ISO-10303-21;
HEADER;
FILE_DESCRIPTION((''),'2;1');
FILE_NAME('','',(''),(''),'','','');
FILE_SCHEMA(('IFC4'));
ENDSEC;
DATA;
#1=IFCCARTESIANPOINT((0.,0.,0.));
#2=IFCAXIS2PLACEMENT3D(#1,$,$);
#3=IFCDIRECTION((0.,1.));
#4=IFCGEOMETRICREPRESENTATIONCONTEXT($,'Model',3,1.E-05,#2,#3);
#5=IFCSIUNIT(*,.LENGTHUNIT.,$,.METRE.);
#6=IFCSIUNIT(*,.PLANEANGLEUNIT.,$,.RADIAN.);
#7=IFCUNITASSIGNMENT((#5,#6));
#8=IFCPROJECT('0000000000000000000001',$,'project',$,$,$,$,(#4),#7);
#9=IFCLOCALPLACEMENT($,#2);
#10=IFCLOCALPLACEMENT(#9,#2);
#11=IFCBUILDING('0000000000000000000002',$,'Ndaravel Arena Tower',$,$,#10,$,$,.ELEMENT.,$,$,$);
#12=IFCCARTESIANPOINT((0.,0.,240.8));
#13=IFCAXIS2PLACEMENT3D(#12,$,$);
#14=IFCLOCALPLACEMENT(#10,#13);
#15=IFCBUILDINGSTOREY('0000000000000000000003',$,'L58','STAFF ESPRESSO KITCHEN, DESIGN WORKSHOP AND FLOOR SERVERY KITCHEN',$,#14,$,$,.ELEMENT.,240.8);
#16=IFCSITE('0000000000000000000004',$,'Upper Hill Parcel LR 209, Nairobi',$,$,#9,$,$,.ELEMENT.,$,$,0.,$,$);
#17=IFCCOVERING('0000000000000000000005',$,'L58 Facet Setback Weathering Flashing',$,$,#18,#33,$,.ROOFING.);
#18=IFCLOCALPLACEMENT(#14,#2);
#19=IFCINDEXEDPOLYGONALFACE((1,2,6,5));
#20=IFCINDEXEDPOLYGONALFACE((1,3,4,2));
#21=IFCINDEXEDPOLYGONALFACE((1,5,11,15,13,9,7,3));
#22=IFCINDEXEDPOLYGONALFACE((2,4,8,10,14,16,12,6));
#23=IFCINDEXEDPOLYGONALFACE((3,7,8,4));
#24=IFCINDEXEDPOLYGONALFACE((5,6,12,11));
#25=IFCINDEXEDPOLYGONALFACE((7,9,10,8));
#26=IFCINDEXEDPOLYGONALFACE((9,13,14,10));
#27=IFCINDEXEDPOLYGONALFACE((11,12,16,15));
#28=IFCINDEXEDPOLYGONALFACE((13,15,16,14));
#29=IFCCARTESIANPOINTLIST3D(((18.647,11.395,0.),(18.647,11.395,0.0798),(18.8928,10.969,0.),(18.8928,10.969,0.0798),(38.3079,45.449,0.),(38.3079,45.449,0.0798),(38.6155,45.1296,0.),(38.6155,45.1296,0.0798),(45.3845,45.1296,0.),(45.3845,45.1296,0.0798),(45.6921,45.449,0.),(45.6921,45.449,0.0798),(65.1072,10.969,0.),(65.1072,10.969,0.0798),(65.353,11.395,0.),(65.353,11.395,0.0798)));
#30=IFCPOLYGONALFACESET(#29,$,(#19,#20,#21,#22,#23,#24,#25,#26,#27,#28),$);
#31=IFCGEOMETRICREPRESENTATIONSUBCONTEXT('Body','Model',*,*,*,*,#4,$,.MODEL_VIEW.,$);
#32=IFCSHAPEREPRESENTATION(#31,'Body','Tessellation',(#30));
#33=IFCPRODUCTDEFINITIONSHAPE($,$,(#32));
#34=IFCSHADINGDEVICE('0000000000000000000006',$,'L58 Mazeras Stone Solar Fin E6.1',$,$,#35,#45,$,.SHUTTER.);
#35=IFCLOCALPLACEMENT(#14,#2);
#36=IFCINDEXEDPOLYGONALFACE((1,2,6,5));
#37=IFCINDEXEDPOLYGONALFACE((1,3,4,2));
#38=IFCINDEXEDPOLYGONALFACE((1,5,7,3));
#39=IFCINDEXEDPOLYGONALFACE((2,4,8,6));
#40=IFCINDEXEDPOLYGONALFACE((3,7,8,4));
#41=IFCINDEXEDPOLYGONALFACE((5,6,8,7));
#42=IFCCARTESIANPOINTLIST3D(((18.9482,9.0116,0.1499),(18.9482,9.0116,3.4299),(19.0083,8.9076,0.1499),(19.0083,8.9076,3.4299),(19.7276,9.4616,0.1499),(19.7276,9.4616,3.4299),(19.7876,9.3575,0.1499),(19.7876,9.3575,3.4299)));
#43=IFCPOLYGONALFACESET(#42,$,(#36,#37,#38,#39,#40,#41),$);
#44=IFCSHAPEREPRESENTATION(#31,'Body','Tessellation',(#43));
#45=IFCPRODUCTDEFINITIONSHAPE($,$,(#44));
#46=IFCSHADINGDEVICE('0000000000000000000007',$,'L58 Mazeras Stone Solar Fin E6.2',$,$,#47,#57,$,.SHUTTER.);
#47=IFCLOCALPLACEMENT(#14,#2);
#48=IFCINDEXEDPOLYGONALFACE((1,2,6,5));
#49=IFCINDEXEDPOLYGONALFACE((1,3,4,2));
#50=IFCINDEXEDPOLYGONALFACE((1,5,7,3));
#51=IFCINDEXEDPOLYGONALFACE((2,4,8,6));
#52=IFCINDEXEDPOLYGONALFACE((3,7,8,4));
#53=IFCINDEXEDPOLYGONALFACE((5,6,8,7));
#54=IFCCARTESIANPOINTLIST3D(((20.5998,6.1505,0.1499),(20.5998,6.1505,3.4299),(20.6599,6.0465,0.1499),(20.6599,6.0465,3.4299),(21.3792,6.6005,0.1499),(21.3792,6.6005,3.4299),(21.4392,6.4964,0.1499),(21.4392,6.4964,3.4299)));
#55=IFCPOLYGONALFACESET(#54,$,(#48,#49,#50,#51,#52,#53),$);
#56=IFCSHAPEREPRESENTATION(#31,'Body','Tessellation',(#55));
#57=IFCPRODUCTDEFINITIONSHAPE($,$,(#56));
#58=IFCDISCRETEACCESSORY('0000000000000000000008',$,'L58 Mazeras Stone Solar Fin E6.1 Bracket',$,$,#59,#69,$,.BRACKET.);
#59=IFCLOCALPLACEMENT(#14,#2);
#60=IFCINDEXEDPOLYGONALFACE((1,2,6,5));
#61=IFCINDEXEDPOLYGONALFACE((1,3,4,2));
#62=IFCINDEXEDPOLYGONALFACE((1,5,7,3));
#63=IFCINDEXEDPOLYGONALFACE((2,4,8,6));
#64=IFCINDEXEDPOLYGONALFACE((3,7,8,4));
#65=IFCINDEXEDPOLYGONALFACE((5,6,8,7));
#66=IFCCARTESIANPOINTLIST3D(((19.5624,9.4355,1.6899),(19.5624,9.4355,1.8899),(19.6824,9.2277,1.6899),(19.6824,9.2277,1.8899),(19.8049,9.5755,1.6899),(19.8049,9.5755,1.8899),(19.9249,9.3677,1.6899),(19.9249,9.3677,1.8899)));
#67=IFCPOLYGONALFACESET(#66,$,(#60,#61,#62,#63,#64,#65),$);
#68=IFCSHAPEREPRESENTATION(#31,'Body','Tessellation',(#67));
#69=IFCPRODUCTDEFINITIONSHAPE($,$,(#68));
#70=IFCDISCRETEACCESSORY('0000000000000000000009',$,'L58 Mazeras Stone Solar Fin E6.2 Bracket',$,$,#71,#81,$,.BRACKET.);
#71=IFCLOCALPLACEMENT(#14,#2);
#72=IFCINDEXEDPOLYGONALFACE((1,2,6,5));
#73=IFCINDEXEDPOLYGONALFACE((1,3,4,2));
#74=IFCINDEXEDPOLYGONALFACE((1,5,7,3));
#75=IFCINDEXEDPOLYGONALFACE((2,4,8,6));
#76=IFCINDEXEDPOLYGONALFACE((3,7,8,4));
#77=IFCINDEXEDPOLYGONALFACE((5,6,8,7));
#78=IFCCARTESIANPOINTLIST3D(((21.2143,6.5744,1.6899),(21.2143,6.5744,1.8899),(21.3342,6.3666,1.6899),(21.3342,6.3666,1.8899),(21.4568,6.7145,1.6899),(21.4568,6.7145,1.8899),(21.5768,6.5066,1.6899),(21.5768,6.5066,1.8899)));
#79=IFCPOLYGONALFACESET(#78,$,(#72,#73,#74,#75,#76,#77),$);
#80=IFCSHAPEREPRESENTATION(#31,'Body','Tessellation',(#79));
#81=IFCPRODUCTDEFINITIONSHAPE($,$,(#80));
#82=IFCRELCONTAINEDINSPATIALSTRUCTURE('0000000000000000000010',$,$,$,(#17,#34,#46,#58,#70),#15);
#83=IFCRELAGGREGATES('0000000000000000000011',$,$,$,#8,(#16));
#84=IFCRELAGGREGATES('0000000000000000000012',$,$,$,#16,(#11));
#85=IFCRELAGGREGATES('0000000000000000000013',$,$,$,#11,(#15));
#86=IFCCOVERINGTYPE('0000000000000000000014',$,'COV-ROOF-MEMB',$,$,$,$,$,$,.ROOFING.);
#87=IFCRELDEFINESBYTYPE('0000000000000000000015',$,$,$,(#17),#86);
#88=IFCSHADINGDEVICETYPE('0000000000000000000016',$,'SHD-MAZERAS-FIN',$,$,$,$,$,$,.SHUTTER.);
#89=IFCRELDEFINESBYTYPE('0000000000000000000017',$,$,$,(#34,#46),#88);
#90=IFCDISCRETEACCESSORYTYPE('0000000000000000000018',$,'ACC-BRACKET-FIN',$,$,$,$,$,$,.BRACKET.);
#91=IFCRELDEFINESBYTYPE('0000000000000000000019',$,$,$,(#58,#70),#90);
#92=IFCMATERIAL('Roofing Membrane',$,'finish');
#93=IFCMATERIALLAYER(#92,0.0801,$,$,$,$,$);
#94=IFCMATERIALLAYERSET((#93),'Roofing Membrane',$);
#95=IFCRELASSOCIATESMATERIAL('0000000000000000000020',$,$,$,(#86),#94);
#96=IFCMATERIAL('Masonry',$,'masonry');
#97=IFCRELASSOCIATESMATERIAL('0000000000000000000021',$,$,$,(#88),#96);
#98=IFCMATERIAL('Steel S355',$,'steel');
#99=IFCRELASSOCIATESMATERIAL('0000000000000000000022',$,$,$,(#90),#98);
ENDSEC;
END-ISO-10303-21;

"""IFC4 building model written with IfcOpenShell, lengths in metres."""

from ifc_helpers import new_model, si_unit, direction, frame, origin, origin_2d, place, context, subcontext, project, spatial, polyline, rectangle, outline, extrude, material, layer, layer_set, type_object, element, save


model = new_model("IFC4")

# Units and contexts
model_context = context("Model", 3, precision=1e-05, world=origin(), true_north=direction((0.0, 1.0)))
body_context = subcontext(model_context, "Body", "Model", "MODEL_VIEW")
ifc_project = project(units=[si_unit("LENGTHUNIT", "METRE"), si_unit("PLANEANGLEUNIT", "RADIAN")], contexts=[model_context])

# Site, building, storey
site_placement = place(None, origin())
site = spatial("IfcSite", under=ifc_project, at=site_placement, Name="Upper Hill Parcel LR 209, Nairobi", CompositionType="ELEMENT", RefElevation=0.0)
building_placement = place(site_placement, origin())
building = spatial("IfcBuilding", under=site, at=building_placement, Name="Ndaravel Arena Tower", CompositionType="ELEMENT")
storey_placement = place(building_placement, frame((0.0, 0.0, 240.8)))
storey = spatial("IfcBuildingStorey", under=building, at=storey_placement, Name="L58", Description="STAFF ESPRESSO KITCHEN, DESIGN WORKSHOP AND FLOOR SERVERY KITCHEN", CompositionType="ELEMENT", Elevation=240.8)

# Covering
ifc_material_1 = material(Name="Roofing Membrane", Category="finish")
ifc_layer_1 = layer(ifc_material_1, 0.0801)
ifc_layer_set_1 = layer_set([ifc_layer_1], Name="Roofing Membrane")
covering_type_1 = type_object("IfcCoveringType", Name="COV-ROOF-MEMB", PredefinedType="ROOFING", material=ifc_layer_set_1)
covering_1_placement = place(storey_placement, origin())
element("IfcCovering", 1, at=covering_1_placement, inside=storey, type_object=covering_type_1, Name="L58 Facet Setback Weathering Flashing", PredefinedType="ROOFING", context=body_context, shape_type="SweptSolid", body=[
    extrude(outline(polyline([(18.647, 11.395), (38.3079, 45.449), (45.6921, 45.449), (65.353, 11.395), (65.1072, 10.969), (45.3845, 45.1296), (38.6155, 45.1296), (18.8928, 10.969), (18.647, 11.395)])), origin(), (0.0, 0.0, 1.0), 0.0798),
])

# Shading devices
ifc_material_2 = material(Name="Masonry", Category="masonry")
shading_device_type = type_object("IfcShadingDeviceType", Name="SHD-MAZERAS-FIN", PredefinedType="SHUTTER", material=ifc_material_2)
for number, where, z_axis, x_axis, name in (
    (2, (19.3679, 9.1846, 0.1499), (0.0, 0.0, 1.0), (-0.866025, -0.5, 0.0), "L58 Mazeras Stone Solar Fin E6.1"),
    (3, (21.0195, 6.3235, 0.1499), (0.0, 0.0, 1.0), (-0.866025, -0.5, 0.0), "L58 Mazeras Stone Solar Fin E6.2"),
):
    element("IfcShadingDevice", number, at=place(storey_placement, frame(where, z_axis=z_axis, x_axis=x_axis)), inside=storey, type_object=shading_device_type, Name=name, PredefinedType="SHUTTER", context=body_context, shape_type="SweptSolid", body=[
        extrude(rectangle(XDim=0.8999, YDim=0.1201, at=origin_2d()), origin(), (0.0, 0.0, 1.0), 3.28),
    ])

# Discrete accessories
ifc_material_3 = material(Name="Steel S355", Category="steel")
discrete_accessory_type = type_object("IfcDiscreteAccessoryType", Name="ACC-BRACKET-FIN", PredefinedType="BRACKET", material=ifc_material_3)
for number, where, z_axis, x_axis, name in (
    (4, (19.7437, 9.4016, 1.6899), (0.0, 0.0, 1.0), (-0.866025, -0.5, 0.0), "L58 Mazeras Stone Solar Fin E6.1 Bracket"),
    (5, (21.3955, 6.5405, 1.6899), (0.0, 0.0, 1.0), (-0.866025, -0.5, 0.0), "L58 Mazeras Stone Solar Fin E6.2 Bracket"),
):
    element("IfcDiscreteAccessory", number, at=place(storey_placement, frame(where, z_axis=z_axis, x_axis=x_axis)), inside=storey, type_object=discrete_accessory_type, Name=name, PredefinedType="BRACKET", context=body_context, shape_type="SweptSolid", body=[
        extrude(rectangle(XDim=0.28, YDim=0.24, at=origin_2d()), origin(), (0.0, 0.0, 1.0), 0.2),
    ])

save(model, "model.ifc")
